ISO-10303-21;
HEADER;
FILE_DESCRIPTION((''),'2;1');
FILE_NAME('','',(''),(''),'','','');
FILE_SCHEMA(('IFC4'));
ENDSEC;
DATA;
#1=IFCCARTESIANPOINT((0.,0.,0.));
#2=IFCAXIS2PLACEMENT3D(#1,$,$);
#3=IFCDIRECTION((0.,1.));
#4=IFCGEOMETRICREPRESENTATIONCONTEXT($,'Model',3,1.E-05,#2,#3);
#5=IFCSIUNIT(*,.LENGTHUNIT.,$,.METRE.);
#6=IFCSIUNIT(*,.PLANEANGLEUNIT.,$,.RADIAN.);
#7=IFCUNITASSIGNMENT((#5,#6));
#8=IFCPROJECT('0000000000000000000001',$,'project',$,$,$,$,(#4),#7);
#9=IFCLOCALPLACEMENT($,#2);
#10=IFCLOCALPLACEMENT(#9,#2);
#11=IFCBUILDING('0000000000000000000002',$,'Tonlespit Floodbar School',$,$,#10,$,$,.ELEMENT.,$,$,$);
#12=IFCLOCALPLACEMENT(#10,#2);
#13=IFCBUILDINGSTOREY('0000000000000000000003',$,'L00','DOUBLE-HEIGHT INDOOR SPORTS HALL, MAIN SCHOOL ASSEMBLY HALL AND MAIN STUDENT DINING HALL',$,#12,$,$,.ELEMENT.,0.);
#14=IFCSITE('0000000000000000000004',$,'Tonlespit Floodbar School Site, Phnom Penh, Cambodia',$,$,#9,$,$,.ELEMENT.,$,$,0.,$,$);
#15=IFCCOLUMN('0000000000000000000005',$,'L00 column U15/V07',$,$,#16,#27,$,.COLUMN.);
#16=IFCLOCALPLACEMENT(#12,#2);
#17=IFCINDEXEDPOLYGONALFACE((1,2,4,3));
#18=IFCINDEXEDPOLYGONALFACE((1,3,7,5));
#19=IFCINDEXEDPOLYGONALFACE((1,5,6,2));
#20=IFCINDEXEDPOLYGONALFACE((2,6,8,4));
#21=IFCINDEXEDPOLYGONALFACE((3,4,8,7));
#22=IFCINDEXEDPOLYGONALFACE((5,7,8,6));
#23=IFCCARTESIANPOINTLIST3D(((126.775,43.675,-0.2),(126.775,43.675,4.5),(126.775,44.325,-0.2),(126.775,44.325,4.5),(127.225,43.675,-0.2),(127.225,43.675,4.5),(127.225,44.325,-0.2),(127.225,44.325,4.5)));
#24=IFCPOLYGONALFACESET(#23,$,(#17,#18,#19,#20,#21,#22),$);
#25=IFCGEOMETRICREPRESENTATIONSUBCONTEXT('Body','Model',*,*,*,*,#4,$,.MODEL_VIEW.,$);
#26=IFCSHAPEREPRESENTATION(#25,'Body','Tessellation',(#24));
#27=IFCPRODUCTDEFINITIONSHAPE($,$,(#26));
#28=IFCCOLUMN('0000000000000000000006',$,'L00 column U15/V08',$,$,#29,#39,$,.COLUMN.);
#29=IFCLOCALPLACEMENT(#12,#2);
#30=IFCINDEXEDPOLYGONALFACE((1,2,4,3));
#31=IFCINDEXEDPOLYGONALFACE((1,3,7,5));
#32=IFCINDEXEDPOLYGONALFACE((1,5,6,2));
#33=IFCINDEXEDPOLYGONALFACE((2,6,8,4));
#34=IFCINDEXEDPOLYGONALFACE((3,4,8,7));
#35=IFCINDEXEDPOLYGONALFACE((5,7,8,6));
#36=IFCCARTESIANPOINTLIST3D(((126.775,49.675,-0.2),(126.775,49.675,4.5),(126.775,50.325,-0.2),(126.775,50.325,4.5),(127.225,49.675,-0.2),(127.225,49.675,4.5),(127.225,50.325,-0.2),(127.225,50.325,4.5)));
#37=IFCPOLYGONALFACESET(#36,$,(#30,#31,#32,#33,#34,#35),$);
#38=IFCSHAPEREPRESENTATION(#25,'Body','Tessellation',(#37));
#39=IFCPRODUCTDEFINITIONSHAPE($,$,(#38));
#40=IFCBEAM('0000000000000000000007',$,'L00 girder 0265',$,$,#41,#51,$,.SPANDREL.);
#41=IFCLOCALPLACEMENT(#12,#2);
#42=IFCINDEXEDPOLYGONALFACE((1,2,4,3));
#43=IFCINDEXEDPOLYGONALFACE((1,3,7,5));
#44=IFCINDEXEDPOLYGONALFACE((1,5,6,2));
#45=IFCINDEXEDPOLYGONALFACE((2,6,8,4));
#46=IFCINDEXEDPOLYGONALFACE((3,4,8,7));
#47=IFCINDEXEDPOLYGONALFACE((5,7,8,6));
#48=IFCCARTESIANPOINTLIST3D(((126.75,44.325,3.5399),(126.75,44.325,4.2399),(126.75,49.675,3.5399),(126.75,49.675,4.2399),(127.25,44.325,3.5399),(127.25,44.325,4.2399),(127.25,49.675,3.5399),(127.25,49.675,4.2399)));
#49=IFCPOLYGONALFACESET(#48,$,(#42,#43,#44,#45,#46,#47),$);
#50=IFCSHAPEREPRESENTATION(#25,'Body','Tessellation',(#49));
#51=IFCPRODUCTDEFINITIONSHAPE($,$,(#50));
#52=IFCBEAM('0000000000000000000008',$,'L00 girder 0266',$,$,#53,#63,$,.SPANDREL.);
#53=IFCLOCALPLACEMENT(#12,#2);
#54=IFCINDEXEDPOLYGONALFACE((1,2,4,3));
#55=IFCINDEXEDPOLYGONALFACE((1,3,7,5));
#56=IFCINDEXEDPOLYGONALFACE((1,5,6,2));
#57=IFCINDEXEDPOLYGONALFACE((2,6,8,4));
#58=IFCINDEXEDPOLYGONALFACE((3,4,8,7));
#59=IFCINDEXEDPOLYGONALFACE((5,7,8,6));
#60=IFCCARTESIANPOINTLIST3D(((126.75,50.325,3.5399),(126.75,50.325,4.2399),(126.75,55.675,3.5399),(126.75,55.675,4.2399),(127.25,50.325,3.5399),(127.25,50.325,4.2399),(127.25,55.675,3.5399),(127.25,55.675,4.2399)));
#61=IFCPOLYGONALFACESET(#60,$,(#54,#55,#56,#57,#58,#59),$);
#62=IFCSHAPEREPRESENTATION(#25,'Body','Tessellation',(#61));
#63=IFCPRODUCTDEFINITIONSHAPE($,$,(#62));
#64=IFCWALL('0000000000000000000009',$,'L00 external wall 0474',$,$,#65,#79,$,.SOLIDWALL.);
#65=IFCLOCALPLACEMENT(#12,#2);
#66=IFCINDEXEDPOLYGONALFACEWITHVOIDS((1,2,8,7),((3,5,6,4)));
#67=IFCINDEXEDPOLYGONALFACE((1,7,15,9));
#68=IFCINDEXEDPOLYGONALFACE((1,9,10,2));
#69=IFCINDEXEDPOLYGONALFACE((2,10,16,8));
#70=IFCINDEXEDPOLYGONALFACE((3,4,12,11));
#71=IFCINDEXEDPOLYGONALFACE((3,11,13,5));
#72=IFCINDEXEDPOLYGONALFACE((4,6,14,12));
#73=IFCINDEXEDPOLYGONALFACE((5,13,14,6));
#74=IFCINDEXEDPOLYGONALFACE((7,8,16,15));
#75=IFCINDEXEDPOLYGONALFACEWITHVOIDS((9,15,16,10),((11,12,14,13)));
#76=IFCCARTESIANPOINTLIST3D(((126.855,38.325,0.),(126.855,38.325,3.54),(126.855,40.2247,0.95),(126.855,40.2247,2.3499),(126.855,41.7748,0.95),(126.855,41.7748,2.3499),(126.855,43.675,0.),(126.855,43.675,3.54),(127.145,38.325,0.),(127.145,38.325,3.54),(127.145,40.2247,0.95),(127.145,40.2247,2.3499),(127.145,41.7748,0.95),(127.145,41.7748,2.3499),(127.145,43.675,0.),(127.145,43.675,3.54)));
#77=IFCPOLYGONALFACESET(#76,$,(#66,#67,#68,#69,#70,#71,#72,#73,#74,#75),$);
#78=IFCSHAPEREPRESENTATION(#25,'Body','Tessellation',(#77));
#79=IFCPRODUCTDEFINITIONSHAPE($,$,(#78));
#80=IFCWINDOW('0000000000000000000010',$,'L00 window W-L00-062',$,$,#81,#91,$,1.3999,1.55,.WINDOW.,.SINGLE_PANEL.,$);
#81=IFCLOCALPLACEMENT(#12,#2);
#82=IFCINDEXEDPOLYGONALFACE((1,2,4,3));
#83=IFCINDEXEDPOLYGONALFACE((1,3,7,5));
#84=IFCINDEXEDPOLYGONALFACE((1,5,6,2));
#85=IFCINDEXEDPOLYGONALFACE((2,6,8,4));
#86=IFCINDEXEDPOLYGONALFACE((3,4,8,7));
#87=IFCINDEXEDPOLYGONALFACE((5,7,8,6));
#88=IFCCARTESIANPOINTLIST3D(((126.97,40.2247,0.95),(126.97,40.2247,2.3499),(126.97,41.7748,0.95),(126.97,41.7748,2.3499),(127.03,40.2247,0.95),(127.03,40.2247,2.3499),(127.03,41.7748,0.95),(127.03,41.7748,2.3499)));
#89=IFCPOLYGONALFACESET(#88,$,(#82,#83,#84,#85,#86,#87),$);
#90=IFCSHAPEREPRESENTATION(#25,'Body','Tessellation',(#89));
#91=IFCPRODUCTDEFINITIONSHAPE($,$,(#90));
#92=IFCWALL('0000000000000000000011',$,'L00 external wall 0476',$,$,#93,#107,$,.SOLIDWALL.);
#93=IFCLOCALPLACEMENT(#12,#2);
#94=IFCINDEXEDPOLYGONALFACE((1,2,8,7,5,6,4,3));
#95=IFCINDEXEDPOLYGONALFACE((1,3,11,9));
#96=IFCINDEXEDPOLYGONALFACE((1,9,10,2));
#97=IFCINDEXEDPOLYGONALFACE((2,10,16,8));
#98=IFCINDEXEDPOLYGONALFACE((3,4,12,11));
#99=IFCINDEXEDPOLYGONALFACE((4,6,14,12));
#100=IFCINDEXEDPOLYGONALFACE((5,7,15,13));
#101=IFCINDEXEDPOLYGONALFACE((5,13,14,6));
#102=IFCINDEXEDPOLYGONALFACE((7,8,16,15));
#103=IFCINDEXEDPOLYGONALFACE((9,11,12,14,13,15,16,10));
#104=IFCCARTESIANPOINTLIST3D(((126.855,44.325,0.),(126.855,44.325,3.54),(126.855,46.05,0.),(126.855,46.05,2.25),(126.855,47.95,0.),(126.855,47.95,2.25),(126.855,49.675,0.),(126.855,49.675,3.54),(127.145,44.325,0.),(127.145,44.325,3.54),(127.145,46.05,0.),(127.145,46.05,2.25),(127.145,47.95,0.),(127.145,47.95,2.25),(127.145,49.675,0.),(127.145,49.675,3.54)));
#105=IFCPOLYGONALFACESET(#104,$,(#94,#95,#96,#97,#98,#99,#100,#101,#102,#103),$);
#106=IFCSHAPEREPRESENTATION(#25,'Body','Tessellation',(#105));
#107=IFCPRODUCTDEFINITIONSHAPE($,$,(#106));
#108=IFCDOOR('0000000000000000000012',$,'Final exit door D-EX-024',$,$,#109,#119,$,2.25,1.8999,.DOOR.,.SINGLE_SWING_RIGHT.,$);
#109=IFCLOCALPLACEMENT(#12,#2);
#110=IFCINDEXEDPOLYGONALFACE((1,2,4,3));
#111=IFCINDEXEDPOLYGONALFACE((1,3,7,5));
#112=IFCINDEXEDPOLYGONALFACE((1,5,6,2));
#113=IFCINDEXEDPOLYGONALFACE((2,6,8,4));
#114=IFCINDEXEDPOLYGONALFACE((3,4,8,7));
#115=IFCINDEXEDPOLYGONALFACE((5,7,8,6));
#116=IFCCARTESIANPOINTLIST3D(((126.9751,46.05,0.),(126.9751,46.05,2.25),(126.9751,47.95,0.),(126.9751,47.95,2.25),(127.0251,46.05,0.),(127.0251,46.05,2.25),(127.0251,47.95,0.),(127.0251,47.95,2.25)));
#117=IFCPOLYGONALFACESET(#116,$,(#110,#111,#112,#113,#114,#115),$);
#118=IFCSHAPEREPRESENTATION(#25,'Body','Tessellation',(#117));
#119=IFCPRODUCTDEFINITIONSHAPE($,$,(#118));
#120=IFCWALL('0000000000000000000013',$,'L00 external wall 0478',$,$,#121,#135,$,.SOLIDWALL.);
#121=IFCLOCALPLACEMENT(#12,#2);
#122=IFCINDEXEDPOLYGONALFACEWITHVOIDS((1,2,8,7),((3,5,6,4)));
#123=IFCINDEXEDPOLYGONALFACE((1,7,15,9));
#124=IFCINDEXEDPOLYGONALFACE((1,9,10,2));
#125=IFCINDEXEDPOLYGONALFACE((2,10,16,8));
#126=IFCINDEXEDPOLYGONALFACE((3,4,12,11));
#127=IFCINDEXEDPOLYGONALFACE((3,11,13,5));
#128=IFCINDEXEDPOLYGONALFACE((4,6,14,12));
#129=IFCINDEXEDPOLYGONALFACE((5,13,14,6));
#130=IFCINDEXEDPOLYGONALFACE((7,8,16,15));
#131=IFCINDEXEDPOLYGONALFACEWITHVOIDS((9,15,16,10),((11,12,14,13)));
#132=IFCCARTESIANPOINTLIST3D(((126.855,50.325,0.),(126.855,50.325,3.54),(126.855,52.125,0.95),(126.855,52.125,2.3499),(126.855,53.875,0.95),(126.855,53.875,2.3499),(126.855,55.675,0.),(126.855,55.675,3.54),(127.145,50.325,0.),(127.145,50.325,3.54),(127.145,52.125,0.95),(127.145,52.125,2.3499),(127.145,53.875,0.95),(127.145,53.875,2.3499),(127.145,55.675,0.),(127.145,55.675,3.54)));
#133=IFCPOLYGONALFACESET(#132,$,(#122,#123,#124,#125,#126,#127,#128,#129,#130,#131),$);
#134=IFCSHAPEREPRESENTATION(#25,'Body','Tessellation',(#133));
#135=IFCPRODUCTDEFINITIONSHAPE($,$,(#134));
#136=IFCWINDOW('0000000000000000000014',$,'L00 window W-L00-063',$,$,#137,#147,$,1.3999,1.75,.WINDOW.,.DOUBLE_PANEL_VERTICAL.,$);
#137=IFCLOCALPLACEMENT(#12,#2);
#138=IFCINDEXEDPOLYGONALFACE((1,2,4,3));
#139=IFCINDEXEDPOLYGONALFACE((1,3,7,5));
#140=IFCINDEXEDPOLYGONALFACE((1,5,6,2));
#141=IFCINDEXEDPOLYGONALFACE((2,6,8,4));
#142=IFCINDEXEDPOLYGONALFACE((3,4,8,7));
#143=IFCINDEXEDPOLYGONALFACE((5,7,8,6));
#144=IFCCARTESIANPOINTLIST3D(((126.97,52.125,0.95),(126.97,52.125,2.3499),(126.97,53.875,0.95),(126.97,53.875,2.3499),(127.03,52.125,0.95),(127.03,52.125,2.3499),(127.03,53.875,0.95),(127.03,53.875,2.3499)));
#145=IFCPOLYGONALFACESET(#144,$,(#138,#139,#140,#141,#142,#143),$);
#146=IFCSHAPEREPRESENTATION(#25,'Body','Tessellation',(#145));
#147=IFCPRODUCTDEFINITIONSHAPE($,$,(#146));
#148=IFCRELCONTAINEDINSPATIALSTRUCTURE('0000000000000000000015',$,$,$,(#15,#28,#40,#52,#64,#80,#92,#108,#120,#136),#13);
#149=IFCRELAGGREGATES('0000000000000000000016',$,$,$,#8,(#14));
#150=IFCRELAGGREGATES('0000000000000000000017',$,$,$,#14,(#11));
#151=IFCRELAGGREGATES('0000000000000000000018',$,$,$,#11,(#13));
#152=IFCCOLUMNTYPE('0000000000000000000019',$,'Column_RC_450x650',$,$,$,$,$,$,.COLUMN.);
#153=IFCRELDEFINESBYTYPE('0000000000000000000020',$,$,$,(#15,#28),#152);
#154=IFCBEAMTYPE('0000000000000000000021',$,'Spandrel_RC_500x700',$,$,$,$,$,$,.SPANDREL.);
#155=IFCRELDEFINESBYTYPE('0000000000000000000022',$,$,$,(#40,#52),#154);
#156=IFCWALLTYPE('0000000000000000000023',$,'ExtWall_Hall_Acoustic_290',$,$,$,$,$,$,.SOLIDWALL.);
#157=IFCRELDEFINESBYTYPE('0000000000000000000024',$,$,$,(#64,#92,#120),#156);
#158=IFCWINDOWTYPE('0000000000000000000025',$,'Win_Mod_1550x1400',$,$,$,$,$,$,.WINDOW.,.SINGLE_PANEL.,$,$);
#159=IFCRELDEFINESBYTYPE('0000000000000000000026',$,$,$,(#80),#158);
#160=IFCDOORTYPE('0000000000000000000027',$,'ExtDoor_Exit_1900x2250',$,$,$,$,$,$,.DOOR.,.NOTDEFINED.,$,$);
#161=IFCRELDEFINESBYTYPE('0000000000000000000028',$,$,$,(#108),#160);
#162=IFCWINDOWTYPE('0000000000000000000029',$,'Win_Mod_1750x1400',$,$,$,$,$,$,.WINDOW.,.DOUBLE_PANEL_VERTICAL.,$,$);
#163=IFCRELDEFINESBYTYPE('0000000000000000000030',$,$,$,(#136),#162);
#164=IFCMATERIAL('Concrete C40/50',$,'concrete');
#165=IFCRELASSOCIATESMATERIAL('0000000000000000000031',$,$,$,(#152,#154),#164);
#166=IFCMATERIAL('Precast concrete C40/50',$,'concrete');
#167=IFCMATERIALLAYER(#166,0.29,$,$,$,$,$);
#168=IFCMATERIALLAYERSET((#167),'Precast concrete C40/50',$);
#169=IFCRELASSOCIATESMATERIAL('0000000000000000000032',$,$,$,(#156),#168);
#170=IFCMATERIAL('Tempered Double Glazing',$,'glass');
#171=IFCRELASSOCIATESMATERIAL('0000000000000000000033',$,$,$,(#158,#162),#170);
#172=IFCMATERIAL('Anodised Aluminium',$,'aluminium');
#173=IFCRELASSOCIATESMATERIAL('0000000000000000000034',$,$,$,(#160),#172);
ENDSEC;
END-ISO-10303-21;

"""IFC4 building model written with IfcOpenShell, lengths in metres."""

from ifc_helpers import new_model, si_unit, direction, frame, frame_2d, origin, origin_2d, place, context, subcontext, project, spatial, rectangle, extrude, material, layer, layer_set, material_profile, profile_set, type_object, element, fill, save


model = new_model("IFC4")

# Units and contexts
model_context = context("Model", 3, precision=1e-05, world=origin(), true_north=direction((0.0, 1.0)))
body_context = subcontext(model_context, "Body", "Model", "MODEL_VIEW")
ifc_project = project(units=[si_unit("LENGTHUNIT", "METRE"), si_unit("PLANEANGLEUNIT", "RADIAN")], contexts=[model_context])

# Site, building, storey
site_placement = place(None, origin())
site = spatial("IfcSite", under=ifc_project, at=site_placement, Name="Tonlespit Floodbar School Site, Phnom Penh, Cambodia", CompositionType="ELEMENT", RefElevation=0.0)
building_placement = place(site_placement, origin())
building = spatial("IfcBuilding", under=site, at=building_placement, Name="Tonlespit Floodbar School", CompositionType="ELEMENT")
storey_placement = place(building_placement, origin())
storey = spatial("IfcBuildingStorey", under=building, at=storey_placement, Name="L00", Description="DOUBLE-HEIGHT INDOOR SPORTS HALL, MAIN SCHOOL ASSEMBLY HALL AND MAIN STUDENT DINING HALL", CompositionType="ELEMENT", Elevation=0.0)

# Shared definitions
ifc_material_1 = material(Name="Concrete C40/50", Category="concrete")

# Columns
ifc_material_profile_1 = material_profile(ifc_material_1, rectangle(XDim=0.45, YDim=0.6499, at=origin_2d()), Name="RC 450x650")
ifc_profile_set_1 = profile_set([ifc_material_profile_1], Name="Concrete C40/50")
column_type = type_object("IfcColumnType", Name="Column_RC_450x650", PredefinedType="COLUMN", material=ifc_profile_set_1)
for number, where, z_axis, x_axis, name in (
    (1, (127.0, 44.0, -0.2), (0.0, 0.0, 1.0), (1.0, 0.0, 0.0), "L00 column U15/V07"),
    (2, (127.0, 50.0, -0.2), (0.0, 0.0, 1.0), (1.0, 0.0, 0.0), "L00 column U15/V08"),
):
    element("IfcColumn", number, at=place(storey_placement, frame(where, z_axis=z_axis, x_axis=x_axis)), inside=storey, type_object=column_type, Name=name, PredefinedType="COLUMN", context=body_context, shape_type="SweptSolid", body=[
        extrude(rectangle(XDim=0.45, YDim=0.6499, at=origin_2d()), origin(), (0.0, 0.0, 1.0), 4.7),
    ])

# Beams
ifc_material_profile_2 = material_profile(ifc_material_1, rectangle(XDim=0.5, YDim=0.7, at=origin_2d()), Name="RC 500x700")
ifc_profile_set_2 = profile_set([ifc_material_profile_2], Name="Concrete C40/50")
beam_type = type_object("IfcBeamType", Name="Spandrel_RC_500x700", PredefinedType="SPANDREL", material=ifc_profile_set_2)
for number, where, z_axis, x_axis, name in (
    (3, (127.0, 44.325, 3.8899), (0.0, 1.0, 0.0), (-1.0, 0.0, 0.0), "L00 girder 0265"),
    (4, (127.0, 50.325, 3.8899), (0.0, 1.0, 0.0), (-1.0, 0.0, 0.0), "L00 girder 0266"),
):
    element("IfcBeam", number, at=place(storey_placement, frame(where, z_axis=z_axis, x_axis=x_axis)), inside=storey, type_object=beam_type, Name=name, PredefinedType="SPANDREL", context=body_context, shape_type="SweptSolid", body=[
        extrude(rectangle(XDim=0.5, YDim=0.7, at=origin_2d()), origin(), (0.0, 0.0, 1.0), 5.3501),
    ])

# Wall, opening, window
ifc_material_2 = material(Name="Precast concrete C40/50", Category="concrete")
ifc_layer = layer(ifc_material_2, 0.29)
ifc_layer_set = layer_set([ifc_layer], Name="Precast concrete C40/50")
wall_type = type_object("IfcWallType", Name="ExtWall_Hall_Acoustic_290", PredefinedType="SOLIDWALL", material=ifc_layer_set)
wall_1_placement = place(storey_placement, frame((127.0, 38.325, 0.0), z_axis=(0.0, 0.0, 1.0), x_axis=(0.0, 1.0, 0.0)))
wall_1 = element("IfcWall", 5, at=wall_1_placement, inside=storey, type_object=wall_type, Name="L00 external wall 0474", PredefinedType="SOLIDWALL", context=body_context, shape_type="SweptSolid", body=[
    extrude(rectangle(XDim=5.3501, YDim=0.29, at=frame_2d((2.675, 0.0))), origin(), (0.0, 0.0, 1.0), 3.54),
])
opening_1_placement = place(wall_1_placement, frame((1.8999, 0.0, 0.95)))
opening_1 = element("IfcOpeningElement", 6, at=opening_1_placement, cuts=wall_1, PredefinedType="OPENING", context=body_context, shape_type="SweptSolid", body=[
    extrude(rectangle(XDim=1.55, YDim=1.3999, at=frame_2d((0.7749, 0.7))), frame((0.0, 0.155, 0.0), z_axis=(0.0, -1.0, 0.0), x_axis=(1.0, 0.0, 0.0)), (0.0, 0.0, 1.0), 0.3101),
])
ifc_material_3 = material(Name="Tempered Double Glazing", Category="glass")
window_type_1 = type_object("IfcWindowType", Name="Win_Mod_1550x1400", PartitioningType="SINGLE_PANEL", PredefinedType="WINDOW", material=ifc_material_3)
window_1_placement = place(opening_1_placement, origin())
window_1 = element("IfcWindow", 7, at=window_1_placement, inside=storey, type_object=window_type_1, Name="L00 window W-L00-062", OverallHeight=1.3999, OverallWidth=1.55, PartitioningType="SINGLE_PANEL", PredefinedType="WINDOW", context=body_context, shape_type="SweptSolid", body=[
    extrude(rectangle(XDim=1.55, YDim=1.3999, at=frame_2d((0.7749, 0.7))), frame((0.0, 0.03, 0.0), z_axis=(0.0, -1.0, 0.0), x_axis=(1.0, 0.0, 0.0)), (0.0, 0.0, 1.0), 0.0601),
])
fill(opening_1, window_1)

# Wall, opening, door
wall_2_placement = place(storey_placement, frame((127.0, 44.325, 0.0), z_axis=(0.0, 0.0, 1.0), x_axis=(0.0, 1.0, 0.0)))
wall_2 = element("IfcWall", 8, at=wall_2_placement, inside=storey, type_object=wall_type, Name="L00 external wall 0476", PredefinedType="SOLIDWALL", context=body_context, shape_type="SweptSolid", body=[
    extrude(rectangle(XDim=5.3501, YDim=0.29, at=frame_2d((2.675, 0.0))), origin(), (0.0, 0.0, 1.0), 3.54),
])
opening_2_placement = place(wall_2_placement, frame((1.7251, 0.0, 0.0)))
opening_2 = element("IfcOpeningElement", 9, at=opening_2_placement, cuts=wall_2, PredefinedType="OPENING", context=body_context, shape_type="SweptSolid", body=[
    extrude(rectangle(XDim=1.8999, YDim=2.25, at=frame_2d((0.95, 1.125))), frame((0.0, 0.155, 0.0), z_axis=(0.0, -1.0, 0.0), x_axis=(1.0, 0.0, 0.0)), (0.0, 0.0, 1.0), 0.3101),
])
ifc_material_4 = material(Name="Anodised Aluminium", Category="aluminium")
door_type = type_object("IfcDoorType", Name="ExtDoor_Exit_1900x2250", OperationType="NOTDEFINED", PredefinedType="DOOR", material=ifc_material_4)
door_placement = place(opening_2_placement, origin())
door = element("IfcDoor", 10, at=door_placement, inside=storey, type_object=door_type, Name="Final exit door D-EX-024", OperationType="SINGLE_SWING_RIGHT", OverallHeight=2.25, OverallWidth=1.8999, PredefinedType="DOOR", context=body_context, shape_type="SweptSolid", body=[
    extrude(rectangle(XDim=1.8999, YDim=2.25, at=frame_2d((0.95, 1.125))), frame((0.0, 0.0249, 0.0), z_axis=(0.0, -1.0, 0.0), x_axis=(1.0, 0.0, 0.0)), (0.0, 0.0, 1.0), 0.05),
])
fill(opening_2, door)

# Wall, opening, window
wall_3_placement = place(storey_placement, frame((127.0, 50.325, 0.0), z_axis=(0.0, 0.0, 1.0), x_axis=(0.0, 1.0, 0.0)))
wall_3 = element("IfcWall", 11, at=wall_3_placement, inside=storey, type_object=wall_type, Name="L00 external wall 0478", PredefinedType="SOLIDWALL", context=body_context, shape_type="SweptSolid", body=[
    extrude(rectangle(XDim=5.3501, YDim=0.29, at=frame_2d((2.675, 0.0))), origin(), (0.0, 0.0, 1.0), 3.54),
])
opening_3_placement = place(wall_3_placement, frame((1.8, 0.0, 0.95)))
opening_3 = element("IfcOpeningElement", 12, at=opening_3_placement, cuts=wall_3, PredefinedType="OPENING", context=body_context, shape_type="SweptSolid", body=[
    extrude(rectangle(XDim=1.75, YDim=1.3999, at=frame_2d((0.875, 0.7))), frame((0.0, 0.155, 0.0), z_axis=(0.0, -1.0, 0.0), x_axis=(1.0, 0.0, 0.0)), (0.0, 0.0, 1.0), 0.3101),
])
window_type_2 = type_object("IfcWindowType", Name="Win_Mod_1750x1400", PartitioningType="DOUBLE_PANEL_VERTICAL", PredefinedType="WINDOW", material=ifc_material_3)
window_2_placement = place(opening_3_placement, origin())
window_2 = element("IfcWindow", 13, at=window_2_placement, inside=storey, type_object=window_type_2, Name="L00 window W-L00-063", OverallHeight=1.3999, OverallWidth=1.75, PartitioningType="DOUBLE_PANEL_VERTICAL", PredefinedType="WINDOW", context=body_context, shape_type="SweptSolid", body=[
    extrude(rectangle(XDim=1.75, YDim=1.3999, at=frame_2d((0.875, 0.7))), frame((0.0, 0.03, 0.0), z_axis=(0.0, -1.0, 0.0), x_axis=(1.0, 0.0, 0.0)), (0.0, 0.0, 1.0), 0.0601),
])
fill(opening_3, window_2)

save(model, "model.ifc")
